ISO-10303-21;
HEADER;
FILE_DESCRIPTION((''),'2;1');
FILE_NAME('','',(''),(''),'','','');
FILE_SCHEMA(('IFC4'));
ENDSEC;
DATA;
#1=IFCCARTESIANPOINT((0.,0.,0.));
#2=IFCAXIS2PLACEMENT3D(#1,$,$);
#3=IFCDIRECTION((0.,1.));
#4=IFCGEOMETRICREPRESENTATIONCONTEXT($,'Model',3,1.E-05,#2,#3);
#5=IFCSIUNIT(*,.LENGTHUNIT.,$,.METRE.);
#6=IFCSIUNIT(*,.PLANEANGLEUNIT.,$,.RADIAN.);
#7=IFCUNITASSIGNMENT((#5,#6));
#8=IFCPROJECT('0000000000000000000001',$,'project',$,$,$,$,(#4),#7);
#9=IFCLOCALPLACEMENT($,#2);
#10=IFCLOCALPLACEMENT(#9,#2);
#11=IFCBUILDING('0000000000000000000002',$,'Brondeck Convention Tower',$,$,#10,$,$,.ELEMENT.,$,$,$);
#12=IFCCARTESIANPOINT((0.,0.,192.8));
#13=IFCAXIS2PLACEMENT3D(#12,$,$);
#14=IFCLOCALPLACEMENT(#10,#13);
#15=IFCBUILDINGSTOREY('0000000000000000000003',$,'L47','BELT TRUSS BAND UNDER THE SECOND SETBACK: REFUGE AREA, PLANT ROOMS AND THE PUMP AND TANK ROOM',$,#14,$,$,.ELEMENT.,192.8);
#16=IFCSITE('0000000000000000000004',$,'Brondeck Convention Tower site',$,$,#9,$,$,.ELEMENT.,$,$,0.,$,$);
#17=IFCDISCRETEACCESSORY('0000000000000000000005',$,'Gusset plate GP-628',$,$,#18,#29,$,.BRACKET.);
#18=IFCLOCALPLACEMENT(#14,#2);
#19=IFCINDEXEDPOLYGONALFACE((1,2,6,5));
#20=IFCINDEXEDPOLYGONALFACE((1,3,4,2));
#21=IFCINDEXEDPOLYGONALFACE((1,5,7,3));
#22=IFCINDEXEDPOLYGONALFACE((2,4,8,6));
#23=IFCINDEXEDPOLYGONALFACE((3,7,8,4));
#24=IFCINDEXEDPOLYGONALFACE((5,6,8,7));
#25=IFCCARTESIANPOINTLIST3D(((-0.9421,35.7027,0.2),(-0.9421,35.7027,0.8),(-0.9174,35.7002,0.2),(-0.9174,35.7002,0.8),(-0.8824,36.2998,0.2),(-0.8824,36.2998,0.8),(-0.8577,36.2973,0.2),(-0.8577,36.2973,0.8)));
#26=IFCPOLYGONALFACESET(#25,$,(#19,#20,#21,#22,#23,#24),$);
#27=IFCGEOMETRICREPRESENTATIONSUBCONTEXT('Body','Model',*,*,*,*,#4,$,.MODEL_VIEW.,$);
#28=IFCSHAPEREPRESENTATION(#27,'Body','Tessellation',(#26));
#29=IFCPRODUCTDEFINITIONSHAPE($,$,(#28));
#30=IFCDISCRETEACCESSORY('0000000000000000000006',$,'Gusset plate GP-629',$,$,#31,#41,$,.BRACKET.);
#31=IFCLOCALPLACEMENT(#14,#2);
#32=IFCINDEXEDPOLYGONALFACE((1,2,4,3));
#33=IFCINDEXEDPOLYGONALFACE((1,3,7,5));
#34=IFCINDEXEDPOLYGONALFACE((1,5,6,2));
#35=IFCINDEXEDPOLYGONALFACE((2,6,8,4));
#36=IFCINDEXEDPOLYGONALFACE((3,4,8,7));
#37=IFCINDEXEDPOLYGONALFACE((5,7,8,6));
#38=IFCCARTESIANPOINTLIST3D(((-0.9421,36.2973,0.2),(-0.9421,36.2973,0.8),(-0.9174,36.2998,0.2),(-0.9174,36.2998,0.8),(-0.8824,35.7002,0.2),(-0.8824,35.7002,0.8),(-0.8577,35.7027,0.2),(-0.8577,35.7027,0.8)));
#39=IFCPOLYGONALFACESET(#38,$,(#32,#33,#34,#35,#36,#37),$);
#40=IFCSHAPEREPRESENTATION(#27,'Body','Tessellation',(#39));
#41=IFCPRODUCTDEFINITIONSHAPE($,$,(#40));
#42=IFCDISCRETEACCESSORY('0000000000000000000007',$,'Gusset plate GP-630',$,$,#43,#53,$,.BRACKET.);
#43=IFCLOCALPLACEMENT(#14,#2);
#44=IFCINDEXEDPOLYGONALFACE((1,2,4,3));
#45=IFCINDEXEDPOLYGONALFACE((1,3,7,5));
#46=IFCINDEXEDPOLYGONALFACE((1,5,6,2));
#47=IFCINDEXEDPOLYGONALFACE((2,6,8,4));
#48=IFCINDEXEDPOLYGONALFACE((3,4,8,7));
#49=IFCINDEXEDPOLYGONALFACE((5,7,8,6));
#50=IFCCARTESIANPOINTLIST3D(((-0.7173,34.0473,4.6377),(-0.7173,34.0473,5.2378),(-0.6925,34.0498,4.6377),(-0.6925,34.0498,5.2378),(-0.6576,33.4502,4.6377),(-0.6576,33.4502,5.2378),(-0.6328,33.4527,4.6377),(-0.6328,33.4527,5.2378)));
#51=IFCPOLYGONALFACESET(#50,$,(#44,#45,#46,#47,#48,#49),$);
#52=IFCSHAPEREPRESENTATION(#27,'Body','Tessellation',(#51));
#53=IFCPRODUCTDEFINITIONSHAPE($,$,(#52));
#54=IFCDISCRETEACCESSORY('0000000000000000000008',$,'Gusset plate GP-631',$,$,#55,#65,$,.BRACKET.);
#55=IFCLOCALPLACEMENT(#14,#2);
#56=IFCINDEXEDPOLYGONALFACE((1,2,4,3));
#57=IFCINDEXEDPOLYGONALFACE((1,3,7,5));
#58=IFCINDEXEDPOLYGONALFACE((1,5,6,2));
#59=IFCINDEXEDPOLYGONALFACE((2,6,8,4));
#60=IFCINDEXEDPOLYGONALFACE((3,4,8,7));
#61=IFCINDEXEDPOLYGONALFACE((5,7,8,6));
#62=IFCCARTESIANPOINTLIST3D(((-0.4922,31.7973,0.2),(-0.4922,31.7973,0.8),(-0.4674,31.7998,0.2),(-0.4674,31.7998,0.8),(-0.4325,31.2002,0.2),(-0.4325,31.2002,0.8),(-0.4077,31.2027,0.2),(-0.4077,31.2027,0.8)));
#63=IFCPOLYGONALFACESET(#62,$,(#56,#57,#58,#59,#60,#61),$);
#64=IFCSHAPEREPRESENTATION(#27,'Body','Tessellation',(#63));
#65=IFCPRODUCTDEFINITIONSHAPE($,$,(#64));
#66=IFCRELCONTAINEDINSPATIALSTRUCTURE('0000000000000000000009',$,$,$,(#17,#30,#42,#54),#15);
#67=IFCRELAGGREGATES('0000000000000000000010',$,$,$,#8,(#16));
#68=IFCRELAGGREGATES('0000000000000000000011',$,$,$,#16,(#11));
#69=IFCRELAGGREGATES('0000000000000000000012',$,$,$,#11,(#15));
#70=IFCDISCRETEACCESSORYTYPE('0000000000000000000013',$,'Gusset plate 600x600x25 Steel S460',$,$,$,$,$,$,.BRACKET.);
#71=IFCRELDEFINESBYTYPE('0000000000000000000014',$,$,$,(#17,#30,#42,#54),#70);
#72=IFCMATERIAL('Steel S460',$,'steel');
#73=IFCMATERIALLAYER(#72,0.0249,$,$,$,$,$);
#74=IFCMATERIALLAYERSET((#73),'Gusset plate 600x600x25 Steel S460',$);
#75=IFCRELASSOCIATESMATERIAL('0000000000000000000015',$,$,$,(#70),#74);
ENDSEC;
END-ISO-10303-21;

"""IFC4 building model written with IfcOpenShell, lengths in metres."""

from ifc_helpers import new_model, si_unit, direction, frame, origin, origin_2d, place, context, subcontext, project, spatial, rectangle, extrude, material, layer, layer_set, type_object, element, save


model = new_model("IFC4")

# Units and contexts
model_context = context("Model", 3, precision=1e-05, world=origin(), true_north=direction((0.0, 1.0)))
body_context = subcontext(model_context, "Body", "Model", "MODEL_VIEW")
ifc_project = project(units=[si_unit("LENGTHUNIT", "METRE"), si_unit("PLANEANGLEUNIT", "RADIAN")], contexts=[model_context])

# Site, building, storey
site_placement = place(None, origin())
site = spatial("IfcSite", under=ifc_project, at=site_placement, Name="Brondeck Convention Tower site", CompositionType="ELEMENT", RefElevation=0.0)
building_placement = place(site_placement, origin())
building = spatial("IfcBuilding", under=site, at=building_placement, Name="Brondeck Convention Tower", CompositionType="ELEMENT")
storey_placement = place(building_placement, frame((0.0, 0.0, 192.8)))
storey = spatial("IfcBuildingStorey", under=building, at=storey_placement, Name="L47", Description="BELT TRUSS BAND UNDER THE SECOND SETBACK: REFUGE AREA, PLANT ROOMS AND THE PUMP AND TANK ROOM", CompositionType="ELEMENT", Elevation=192.8)

# Shared definitions
ifc_material_1 = material(Name="Steel S460", Category="steel")

# Discrete accessories
ifc_layer_1 = layer(ifc_material_1, 0.0249)
ifc_layer_set_1 = layer_set([ifc_layer_1], Name="Gusset plate 600x600x25 Steel S460")
discrete_accessory_type = type_object("IfcDiscreteAccessoryType", Name="Gusset plate 600x600x25 Steel S460", PredefinedType="BRACKET", material=ifc_layer_set_1)
for number, where, z_axis, x_axis, name in (
    (1, (-0.8999, 36.0, 0.2), (0.0, 0.0, 1.0), (0.099511, 0.995036, 0.0), "Gusset plate GP-628"),
    (2, (-0.8999, 36.0, 0.2), (0.0, 0.0, 1.0), (-0.099511, 0.995036, 0.0), "Gusset plate GP-629"),
    (3, (-0.675, 33.75, 4.6377), (0.0, 0.0, 1.0), (-0.099511, 0.995036, 0.0), "Gusset plate GP-630"),
    (4, (-0.45, 31.5, 0.2), (0.0, 0.0, 1.0), (-0.099511, 0.995036, 0.0), "Gusset plate GP-631"),
):
    element("IfcDiscreteAccessory", number, at=place(storey_placement, frame(where, z_axis=z_axis, x_axis=x_axis)), inside=storey, type_object=discrete_accessory_type, Name=name, PredefinedType="BRACKET", context=body_context, shape_type="SweptSolid", body=[
        extrude(rectangle(XDim=0.6001, YDim=0.0249, at=origin_2d()), origin(), (0.0, 0.0, 1.0), 0.6001),
    ])

save(model, "model.ifc")
